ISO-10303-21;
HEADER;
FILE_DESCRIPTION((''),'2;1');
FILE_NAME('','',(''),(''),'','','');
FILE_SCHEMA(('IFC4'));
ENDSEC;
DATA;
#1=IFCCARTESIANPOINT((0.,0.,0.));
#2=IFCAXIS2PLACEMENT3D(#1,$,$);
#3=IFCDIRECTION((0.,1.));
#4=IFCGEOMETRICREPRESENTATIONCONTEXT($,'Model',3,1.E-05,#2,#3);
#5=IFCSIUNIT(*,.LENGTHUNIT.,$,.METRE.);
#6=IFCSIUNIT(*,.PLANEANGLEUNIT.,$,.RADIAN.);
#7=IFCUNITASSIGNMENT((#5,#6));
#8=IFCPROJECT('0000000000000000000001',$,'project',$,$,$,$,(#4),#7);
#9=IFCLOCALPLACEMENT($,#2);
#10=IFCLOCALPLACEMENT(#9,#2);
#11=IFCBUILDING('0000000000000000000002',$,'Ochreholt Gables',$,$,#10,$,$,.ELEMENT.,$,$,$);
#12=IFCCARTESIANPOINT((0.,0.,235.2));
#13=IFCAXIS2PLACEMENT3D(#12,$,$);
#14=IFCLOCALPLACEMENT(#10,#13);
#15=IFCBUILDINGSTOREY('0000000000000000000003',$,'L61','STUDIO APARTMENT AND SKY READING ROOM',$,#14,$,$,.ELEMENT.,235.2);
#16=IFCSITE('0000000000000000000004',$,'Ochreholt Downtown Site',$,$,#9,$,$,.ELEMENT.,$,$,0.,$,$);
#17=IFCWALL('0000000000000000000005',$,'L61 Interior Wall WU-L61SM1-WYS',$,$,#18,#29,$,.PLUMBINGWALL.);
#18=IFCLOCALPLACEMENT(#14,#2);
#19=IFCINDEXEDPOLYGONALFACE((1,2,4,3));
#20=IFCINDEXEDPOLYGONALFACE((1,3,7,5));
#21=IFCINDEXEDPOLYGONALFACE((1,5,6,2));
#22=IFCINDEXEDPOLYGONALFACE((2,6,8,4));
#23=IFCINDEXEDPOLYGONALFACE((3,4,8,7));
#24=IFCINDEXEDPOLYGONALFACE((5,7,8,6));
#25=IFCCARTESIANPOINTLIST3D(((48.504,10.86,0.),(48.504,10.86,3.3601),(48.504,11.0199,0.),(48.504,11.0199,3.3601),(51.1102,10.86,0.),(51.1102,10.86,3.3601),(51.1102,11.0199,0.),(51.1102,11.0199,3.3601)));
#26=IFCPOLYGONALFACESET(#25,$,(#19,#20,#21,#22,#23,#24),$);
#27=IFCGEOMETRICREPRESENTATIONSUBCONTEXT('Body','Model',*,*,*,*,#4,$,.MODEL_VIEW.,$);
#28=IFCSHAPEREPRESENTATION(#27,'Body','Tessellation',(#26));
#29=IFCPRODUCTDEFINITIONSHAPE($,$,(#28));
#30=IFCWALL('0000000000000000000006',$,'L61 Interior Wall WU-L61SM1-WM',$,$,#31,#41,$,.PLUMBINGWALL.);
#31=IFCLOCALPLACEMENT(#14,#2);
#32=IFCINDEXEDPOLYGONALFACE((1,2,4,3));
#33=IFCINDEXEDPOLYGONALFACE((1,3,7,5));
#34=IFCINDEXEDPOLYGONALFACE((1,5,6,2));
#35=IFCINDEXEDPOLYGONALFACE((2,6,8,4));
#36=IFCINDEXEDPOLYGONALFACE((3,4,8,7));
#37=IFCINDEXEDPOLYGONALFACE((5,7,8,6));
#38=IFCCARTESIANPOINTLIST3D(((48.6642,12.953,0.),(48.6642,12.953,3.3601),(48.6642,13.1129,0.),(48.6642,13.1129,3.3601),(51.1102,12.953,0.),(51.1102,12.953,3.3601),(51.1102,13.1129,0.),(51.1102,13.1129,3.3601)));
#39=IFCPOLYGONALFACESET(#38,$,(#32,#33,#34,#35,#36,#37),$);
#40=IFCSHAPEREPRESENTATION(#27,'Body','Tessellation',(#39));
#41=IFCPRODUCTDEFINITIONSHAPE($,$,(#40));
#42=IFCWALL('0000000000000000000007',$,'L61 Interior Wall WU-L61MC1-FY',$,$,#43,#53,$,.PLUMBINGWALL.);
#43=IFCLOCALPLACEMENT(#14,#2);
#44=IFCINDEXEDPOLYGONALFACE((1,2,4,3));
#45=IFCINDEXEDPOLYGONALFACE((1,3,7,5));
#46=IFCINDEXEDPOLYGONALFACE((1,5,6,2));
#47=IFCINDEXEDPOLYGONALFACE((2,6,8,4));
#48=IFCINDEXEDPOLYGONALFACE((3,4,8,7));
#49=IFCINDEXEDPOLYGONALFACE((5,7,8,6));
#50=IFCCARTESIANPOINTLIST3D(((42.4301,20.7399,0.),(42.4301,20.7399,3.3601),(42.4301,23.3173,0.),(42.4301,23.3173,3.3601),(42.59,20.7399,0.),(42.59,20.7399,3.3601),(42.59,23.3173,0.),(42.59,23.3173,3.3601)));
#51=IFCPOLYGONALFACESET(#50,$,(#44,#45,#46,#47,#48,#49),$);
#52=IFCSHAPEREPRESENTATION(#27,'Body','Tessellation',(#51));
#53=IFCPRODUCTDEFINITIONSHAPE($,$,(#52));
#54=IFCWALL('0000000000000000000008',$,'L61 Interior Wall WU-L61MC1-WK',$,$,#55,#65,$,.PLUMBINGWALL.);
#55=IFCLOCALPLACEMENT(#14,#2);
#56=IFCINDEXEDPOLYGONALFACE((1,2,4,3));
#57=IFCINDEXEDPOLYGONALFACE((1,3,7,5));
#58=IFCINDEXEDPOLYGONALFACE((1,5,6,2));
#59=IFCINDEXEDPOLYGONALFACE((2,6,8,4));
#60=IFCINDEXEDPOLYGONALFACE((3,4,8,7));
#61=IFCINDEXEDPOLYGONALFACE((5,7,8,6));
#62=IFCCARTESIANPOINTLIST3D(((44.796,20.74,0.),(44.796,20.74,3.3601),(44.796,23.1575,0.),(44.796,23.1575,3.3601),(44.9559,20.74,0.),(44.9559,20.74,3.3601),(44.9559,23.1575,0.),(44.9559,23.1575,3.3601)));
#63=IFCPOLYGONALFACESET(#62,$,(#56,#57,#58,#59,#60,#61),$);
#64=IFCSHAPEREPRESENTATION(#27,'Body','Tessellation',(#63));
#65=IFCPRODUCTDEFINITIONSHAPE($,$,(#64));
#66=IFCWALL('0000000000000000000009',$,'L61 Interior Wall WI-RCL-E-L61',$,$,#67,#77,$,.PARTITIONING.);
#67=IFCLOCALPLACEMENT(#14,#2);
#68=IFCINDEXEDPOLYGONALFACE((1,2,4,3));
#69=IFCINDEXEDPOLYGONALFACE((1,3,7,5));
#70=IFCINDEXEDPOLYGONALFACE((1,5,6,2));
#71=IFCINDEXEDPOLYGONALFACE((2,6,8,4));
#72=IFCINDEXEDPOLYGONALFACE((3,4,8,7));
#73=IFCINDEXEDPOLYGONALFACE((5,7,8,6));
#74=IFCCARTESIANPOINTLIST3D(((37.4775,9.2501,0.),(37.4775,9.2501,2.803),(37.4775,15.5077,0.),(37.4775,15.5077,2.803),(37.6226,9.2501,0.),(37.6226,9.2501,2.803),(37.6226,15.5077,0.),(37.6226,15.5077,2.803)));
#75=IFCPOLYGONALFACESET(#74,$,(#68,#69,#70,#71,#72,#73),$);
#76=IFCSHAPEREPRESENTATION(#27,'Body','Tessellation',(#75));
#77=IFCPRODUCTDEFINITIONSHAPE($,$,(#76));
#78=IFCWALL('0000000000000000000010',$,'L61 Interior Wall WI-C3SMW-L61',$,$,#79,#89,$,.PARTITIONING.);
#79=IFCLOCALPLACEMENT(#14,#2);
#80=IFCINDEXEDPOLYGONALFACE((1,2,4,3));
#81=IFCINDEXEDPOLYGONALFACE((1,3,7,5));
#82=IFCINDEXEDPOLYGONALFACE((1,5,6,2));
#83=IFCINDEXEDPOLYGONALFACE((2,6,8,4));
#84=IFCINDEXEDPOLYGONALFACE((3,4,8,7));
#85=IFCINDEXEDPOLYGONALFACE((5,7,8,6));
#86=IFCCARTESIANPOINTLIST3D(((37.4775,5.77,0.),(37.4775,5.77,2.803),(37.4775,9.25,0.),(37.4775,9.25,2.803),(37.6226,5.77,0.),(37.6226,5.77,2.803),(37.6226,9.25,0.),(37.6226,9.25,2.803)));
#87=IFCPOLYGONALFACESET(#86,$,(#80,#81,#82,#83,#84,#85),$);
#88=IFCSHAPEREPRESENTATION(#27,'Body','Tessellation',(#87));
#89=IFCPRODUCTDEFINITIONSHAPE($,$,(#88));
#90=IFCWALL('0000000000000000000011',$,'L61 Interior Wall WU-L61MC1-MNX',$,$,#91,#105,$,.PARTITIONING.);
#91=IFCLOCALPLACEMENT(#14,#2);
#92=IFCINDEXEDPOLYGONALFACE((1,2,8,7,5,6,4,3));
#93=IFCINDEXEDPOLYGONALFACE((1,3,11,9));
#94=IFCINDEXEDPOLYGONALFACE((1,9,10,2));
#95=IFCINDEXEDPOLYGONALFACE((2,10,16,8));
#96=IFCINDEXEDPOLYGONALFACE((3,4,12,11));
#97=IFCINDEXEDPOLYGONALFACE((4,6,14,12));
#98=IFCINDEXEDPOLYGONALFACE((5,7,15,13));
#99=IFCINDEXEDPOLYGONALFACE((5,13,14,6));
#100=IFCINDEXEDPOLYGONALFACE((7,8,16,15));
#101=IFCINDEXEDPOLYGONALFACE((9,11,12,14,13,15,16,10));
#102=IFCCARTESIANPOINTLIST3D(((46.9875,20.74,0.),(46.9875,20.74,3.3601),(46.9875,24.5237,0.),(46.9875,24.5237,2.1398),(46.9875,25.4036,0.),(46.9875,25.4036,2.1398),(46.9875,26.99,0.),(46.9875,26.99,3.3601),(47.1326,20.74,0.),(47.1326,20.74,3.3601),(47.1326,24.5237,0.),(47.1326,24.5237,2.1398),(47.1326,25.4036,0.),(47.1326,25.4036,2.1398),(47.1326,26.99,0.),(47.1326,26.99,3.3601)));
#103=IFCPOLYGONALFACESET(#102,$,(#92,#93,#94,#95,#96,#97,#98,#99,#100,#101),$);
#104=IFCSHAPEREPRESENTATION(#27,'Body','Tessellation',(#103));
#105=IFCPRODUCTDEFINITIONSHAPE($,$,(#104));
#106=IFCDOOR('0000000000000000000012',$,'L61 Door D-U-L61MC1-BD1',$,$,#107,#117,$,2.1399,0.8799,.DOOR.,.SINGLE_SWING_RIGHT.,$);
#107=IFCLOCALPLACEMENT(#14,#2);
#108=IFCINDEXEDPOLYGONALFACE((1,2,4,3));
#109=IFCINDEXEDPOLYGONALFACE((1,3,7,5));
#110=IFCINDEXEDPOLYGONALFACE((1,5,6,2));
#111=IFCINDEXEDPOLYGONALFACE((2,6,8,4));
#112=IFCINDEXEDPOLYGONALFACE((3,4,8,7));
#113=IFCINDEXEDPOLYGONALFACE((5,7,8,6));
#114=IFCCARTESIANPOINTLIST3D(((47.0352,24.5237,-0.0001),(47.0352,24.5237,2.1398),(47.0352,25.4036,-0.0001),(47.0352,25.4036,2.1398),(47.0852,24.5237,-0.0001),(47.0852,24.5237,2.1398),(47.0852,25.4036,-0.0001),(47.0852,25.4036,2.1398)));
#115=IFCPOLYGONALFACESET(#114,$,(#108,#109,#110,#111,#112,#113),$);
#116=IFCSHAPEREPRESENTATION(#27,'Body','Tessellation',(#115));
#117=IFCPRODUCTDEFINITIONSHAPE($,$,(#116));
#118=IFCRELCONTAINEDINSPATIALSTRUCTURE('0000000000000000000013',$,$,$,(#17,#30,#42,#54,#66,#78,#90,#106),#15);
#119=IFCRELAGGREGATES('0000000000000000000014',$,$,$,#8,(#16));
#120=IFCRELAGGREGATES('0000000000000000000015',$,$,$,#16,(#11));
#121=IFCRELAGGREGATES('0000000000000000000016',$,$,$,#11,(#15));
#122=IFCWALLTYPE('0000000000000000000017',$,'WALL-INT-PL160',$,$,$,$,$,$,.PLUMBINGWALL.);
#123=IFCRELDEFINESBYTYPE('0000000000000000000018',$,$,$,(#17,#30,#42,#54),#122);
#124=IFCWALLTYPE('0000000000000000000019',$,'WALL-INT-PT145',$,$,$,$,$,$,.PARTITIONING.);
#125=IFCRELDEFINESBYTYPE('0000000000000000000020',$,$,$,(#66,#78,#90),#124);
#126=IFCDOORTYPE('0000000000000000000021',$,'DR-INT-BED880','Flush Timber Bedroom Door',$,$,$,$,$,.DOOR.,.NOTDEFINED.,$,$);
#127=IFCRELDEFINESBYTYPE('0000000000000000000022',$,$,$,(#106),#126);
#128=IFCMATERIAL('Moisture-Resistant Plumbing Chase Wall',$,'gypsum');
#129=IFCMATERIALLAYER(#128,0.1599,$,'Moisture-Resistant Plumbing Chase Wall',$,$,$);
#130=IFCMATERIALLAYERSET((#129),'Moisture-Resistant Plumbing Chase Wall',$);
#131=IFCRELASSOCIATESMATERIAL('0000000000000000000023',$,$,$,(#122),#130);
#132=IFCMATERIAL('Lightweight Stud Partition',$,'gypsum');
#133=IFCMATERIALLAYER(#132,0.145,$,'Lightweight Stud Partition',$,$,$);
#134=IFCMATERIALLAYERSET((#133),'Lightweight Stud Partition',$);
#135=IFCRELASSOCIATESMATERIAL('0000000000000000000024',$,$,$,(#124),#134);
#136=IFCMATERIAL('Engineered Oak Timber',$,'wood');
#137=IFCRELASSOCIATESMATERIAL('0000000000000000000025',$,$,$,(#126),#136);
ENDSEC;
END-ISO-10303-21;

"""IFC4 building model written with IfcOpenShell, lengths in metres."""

from ifc_helpers import new_model, si_unit, direction, frame, frame_2d, origin, place, context, subcontext, project, spatial, rectangle, extrude, material, layer, layer_set, type_object, element, fill, save


model = new_model("IFC4")

# Units and contexts
model_context = context("Model", 3, precision=1e-05, world=origin(), true_north=direction((0.0, 1.0)))
body_context = subcontext(model_context, "Body", "Model", "MODEL_VIEW")
ifc_project = project(units=[si_unit("LENGTHUNIT", "METRE"), si_unit("PLANEANGLEUNIT", "RADIAN")], contexts=[model_context])

# Site, building, storey
site_placement = place(None, origin())
site = spatial("IfcSite", under=ifc_project, at=site_placement, Name="Ochreholt Downtown Site", CompositionType="ELEMENT", RefElevation=0.0)
building_placement = place(site_placement, origin())
building = spatial("IfcBuilding", under=site, at=building_placement, Name="Ochreholt Gables", CompositionType="ELEMENT")
storey_placement = place(building_placement, frame((0.0, 0.0, 235.2)))
storey = spatial("IfcBuildingStorey", under=building, at=storey_placement, Name="L61", Description="STUDIO APARTMENT AND SKY READING ROOM", CompositionType="ELEMENT", Elevation=235.2)

# Shared definitions
ifc_material_1 = material(Name="Engineered Oak Timber", Category="wood")

# Wall
ifc_material_2 = material(Name="Moisture-Resistant Plumbing Chase Wall", Category="gypsum")
ifc_layer_1 = layer(ifc_material_2, 0.1599, Name="Moisture-Resistant Plumbing Chase Wall")
ifc_layer_set_1 = layer_set([ifc_layer_1], Name="Moisture-Resistant Plumbing Chase Wall")
wall_type_1 = type_object("IfcWallType", Name="WALL-INT-PL160", PredefinedType="PLUMBINGWALL", material=ifc_layer_set_1)
wall_1_placement = place(storey_placement, frame((48.5039, 10.9399, 0.0), z_axis=(0.0, 0.0, 1.0), x_axis=(1.0, 0.0, 0.0)))
element("IfcWall", 1, at=wall_1_placement, inside=storey, type_object=wall_type_1, Name="L61 Interior Wall WU-L61SM1-WYS", PredefinedType="PLUMBINGWALL", context=body_context, shape_type="SweptSolid", body=[
    extrude(rectangle(XDim=2.6062, YDim=0.1599, at=frame_2d((1.3032, 0.0))), origin(), (0.0, 0.0, 1.0), 3.3601),
])

# Walls
wall_2_placement = place(storey_placement, frame((48.6641, 13.033, 0.0), z_axis=(0.0, 0.0, 1.0), x_axis=(1.0, 0.0, 0.0)))
element("IfcWall", 2, at=wall_2_placement, inside=storey, type_object=wall_type_1, Name="L61 Interior Wall WU-L61SM1-WM", PredefinedType="PLUMBINGWALL", context=body_context, shape_type="SweptSolid", body=[
    extrude(rectangle(XDim=2.446, YDim=0.1599, at=frame_2d((1.2231, 0.0))), origin(), (0.0, 0.0, 1.0), 3.3601),
])
wall_3_placement = place(storey_placement, frame((42.51, 20.74, 0.0), z_axis=(0.0, 0.0, 1.0), x_axis=(0.0, 1.0, 0.0)))
element("IfcWall", 3, at=wall_3_placement, inside=storey, type_object=wall_type_1, Name="L61 Interior Wall WU-L61MC1-FY", PredefinedType="PLUMBINGWALL", context=body_context, shape_type="SweptSolid", body=[
    extrude(rectangle(XDim=2.5774, YDim=0.1599, at=frame_2d((1.2886, 0.0))), origin(), (0.0, 0.0, 1.0), 3.3601),
])
wall_4_placement = place(storey_placement, frame((44.876, 20.74, 0.0), z_axis=(0.0, 0.0, 1.0), x_axis=(0.0, 1.0, 0.0)))
element("IfcWall", 4, at=wall_4_placement, inside=storey, type_object=wall_type_1, Name="L61 Interior Wall WU-L61MC1-WK", PredefinedType="PLUMBINGWALL", context=body_context, shape_type="SweptSolid", body=[
    extrude(rectangle(XDim=2.4175, YDim=0.1599, at=frame_2d((1.2087, 0.0))), origin(), (0.0, 0.0, 1.0), 3.3601),
])
ifc_material_3 = material(Name="Lightweight Stud Partition", Category="gypsum")
ifc_layer_2 = layer(ifc_material_3, 0.145, Name="Lightweight Stud Partition")
ifc_layer_set_2 = layer_set([ifc_layer_2], Name="Lightweight Stud Partition")
wall_type_2 = type_object("IfcWallType", Name="WALL-INT-PT145", PredefinedType="PARTITIONING", material=ifc_layer_set_2)
wall_5_placement = place(storey_placement, frame((37.55, 9.25, 0.0), z_axis=(0.0, 0.0, 1.0), x_axis=(0.0, 1.0, 0.0)))
element("IfcWall", 5, at=wall_5_placement, inside=storey, type_object=wall_type_2, Name="L61 Interior Wall WI-RCL-E-L61", PredefinedType="PARTITIONING", context=body_context, shape_type="SweptSolid", body=[
    extrude(rectangle(XDim=6.2576, YDim=0.145, at=frame_2d((3.1289, 0.0))), origin(), (0.0, 0.0, 1.0), 2.803),
])
wall_6_placement = place(storey_placement, frame((37.55, 5.77, 0.0), z_axis=(0.0, 0.0, 1.0), x_axis=(0.0, 1.0, 0.0)))
element("IfcWall", 6, at=wall_6_placement, inside=storey, type_object=wall_type_2, Name="L61 Interior Wall WI-C3SMW-L61", PredefinedType="PARTITIONING", context=body_context, shape_type="SweptSolid", body=[
    extrude(rectangle(XDim=3.48, YDim=0.145, at=frame_2d((1.74, 0.0))), origin(), (0.0, 0.0, 1.0), 2.803),
])

# Wall, opening, door
wall_7_placement = place(storey_placement, frame((47.0601, 20.74, 0.0), z_axis=(0.0, 0.0, 1.0), x_axis=(0.0, 1.0, 0.0)))
wall_7 = element("IfcWall", 7, at=wall_7_placement, inside=storey, type_object=wall_type_2, Name="L61 Interior Wall WU-L61MC1-MNX", PredefinedType="PARTITIONING", context=body_context, shape_type="SweptSolid", body=[
    extrude(rectangle(XDim=6.25, YDim=0.145, at=frame_2d((3.125, 0.0))), origin(), (0.0, 0.0, 1.0), 3.3601),
])
opening_1_placement = place(wall_7_placement, frame((3.7837, 0.0, 0.0)))
opening_1 = element("IfcOpeningElement", 8, at=opening_1_placement, cuts=wall_7, PredefinedType="OPENING", context=body_context, shape_type="SweptSolid", body=[
    extrude(rectangle(XDim=0.8799, YDim=2.1399, at=frame_2d((0.4399, 1.0698))), frame((0.0, 0.0825, 0.0), z_axis=(0.0, -1.0, 0.0), x_axis=(1.0, 0.0, 0.0)), (0.0, 0.0, 1.0), 0.165),
])
door_type_1 = type_object("IfcDoorType", Name="DR-INT-BED880", Description="Flush Timber Bedroom Door", OperationType="NOTDEFINED", PredefinedType="DOOR", material=ifc_material_1)
door_1_placement = place(opening_1_placement, origin())
door_1 = element("IfcDoor", 9, at=door_1_placement, inside=storey, type_object=door_type_1, Name="L61 Door D-U-L61MC1-BD1", OperationType="SINGLE_SWING_RIGHT", OverallHeight=2.1399, OverallWidth=0.8799, PredefinedType="DOOR", context=body_context, shape_type="SweptSolid", body=[
    extrude(rectangle(XDim=0.8799, YDim=2.1399, at=frame_2d((0.4399, 1.0698))), frame((0.0, 0.0249, 0.0), z_axis=(0.0, -1.0, 0.0), x_axis=(1.0, 0.0, 0.0)), (0.0, 0.0, 1.0), 0.05),
])
fill(opening_1, door_1)

save(model, "model.ifc")
